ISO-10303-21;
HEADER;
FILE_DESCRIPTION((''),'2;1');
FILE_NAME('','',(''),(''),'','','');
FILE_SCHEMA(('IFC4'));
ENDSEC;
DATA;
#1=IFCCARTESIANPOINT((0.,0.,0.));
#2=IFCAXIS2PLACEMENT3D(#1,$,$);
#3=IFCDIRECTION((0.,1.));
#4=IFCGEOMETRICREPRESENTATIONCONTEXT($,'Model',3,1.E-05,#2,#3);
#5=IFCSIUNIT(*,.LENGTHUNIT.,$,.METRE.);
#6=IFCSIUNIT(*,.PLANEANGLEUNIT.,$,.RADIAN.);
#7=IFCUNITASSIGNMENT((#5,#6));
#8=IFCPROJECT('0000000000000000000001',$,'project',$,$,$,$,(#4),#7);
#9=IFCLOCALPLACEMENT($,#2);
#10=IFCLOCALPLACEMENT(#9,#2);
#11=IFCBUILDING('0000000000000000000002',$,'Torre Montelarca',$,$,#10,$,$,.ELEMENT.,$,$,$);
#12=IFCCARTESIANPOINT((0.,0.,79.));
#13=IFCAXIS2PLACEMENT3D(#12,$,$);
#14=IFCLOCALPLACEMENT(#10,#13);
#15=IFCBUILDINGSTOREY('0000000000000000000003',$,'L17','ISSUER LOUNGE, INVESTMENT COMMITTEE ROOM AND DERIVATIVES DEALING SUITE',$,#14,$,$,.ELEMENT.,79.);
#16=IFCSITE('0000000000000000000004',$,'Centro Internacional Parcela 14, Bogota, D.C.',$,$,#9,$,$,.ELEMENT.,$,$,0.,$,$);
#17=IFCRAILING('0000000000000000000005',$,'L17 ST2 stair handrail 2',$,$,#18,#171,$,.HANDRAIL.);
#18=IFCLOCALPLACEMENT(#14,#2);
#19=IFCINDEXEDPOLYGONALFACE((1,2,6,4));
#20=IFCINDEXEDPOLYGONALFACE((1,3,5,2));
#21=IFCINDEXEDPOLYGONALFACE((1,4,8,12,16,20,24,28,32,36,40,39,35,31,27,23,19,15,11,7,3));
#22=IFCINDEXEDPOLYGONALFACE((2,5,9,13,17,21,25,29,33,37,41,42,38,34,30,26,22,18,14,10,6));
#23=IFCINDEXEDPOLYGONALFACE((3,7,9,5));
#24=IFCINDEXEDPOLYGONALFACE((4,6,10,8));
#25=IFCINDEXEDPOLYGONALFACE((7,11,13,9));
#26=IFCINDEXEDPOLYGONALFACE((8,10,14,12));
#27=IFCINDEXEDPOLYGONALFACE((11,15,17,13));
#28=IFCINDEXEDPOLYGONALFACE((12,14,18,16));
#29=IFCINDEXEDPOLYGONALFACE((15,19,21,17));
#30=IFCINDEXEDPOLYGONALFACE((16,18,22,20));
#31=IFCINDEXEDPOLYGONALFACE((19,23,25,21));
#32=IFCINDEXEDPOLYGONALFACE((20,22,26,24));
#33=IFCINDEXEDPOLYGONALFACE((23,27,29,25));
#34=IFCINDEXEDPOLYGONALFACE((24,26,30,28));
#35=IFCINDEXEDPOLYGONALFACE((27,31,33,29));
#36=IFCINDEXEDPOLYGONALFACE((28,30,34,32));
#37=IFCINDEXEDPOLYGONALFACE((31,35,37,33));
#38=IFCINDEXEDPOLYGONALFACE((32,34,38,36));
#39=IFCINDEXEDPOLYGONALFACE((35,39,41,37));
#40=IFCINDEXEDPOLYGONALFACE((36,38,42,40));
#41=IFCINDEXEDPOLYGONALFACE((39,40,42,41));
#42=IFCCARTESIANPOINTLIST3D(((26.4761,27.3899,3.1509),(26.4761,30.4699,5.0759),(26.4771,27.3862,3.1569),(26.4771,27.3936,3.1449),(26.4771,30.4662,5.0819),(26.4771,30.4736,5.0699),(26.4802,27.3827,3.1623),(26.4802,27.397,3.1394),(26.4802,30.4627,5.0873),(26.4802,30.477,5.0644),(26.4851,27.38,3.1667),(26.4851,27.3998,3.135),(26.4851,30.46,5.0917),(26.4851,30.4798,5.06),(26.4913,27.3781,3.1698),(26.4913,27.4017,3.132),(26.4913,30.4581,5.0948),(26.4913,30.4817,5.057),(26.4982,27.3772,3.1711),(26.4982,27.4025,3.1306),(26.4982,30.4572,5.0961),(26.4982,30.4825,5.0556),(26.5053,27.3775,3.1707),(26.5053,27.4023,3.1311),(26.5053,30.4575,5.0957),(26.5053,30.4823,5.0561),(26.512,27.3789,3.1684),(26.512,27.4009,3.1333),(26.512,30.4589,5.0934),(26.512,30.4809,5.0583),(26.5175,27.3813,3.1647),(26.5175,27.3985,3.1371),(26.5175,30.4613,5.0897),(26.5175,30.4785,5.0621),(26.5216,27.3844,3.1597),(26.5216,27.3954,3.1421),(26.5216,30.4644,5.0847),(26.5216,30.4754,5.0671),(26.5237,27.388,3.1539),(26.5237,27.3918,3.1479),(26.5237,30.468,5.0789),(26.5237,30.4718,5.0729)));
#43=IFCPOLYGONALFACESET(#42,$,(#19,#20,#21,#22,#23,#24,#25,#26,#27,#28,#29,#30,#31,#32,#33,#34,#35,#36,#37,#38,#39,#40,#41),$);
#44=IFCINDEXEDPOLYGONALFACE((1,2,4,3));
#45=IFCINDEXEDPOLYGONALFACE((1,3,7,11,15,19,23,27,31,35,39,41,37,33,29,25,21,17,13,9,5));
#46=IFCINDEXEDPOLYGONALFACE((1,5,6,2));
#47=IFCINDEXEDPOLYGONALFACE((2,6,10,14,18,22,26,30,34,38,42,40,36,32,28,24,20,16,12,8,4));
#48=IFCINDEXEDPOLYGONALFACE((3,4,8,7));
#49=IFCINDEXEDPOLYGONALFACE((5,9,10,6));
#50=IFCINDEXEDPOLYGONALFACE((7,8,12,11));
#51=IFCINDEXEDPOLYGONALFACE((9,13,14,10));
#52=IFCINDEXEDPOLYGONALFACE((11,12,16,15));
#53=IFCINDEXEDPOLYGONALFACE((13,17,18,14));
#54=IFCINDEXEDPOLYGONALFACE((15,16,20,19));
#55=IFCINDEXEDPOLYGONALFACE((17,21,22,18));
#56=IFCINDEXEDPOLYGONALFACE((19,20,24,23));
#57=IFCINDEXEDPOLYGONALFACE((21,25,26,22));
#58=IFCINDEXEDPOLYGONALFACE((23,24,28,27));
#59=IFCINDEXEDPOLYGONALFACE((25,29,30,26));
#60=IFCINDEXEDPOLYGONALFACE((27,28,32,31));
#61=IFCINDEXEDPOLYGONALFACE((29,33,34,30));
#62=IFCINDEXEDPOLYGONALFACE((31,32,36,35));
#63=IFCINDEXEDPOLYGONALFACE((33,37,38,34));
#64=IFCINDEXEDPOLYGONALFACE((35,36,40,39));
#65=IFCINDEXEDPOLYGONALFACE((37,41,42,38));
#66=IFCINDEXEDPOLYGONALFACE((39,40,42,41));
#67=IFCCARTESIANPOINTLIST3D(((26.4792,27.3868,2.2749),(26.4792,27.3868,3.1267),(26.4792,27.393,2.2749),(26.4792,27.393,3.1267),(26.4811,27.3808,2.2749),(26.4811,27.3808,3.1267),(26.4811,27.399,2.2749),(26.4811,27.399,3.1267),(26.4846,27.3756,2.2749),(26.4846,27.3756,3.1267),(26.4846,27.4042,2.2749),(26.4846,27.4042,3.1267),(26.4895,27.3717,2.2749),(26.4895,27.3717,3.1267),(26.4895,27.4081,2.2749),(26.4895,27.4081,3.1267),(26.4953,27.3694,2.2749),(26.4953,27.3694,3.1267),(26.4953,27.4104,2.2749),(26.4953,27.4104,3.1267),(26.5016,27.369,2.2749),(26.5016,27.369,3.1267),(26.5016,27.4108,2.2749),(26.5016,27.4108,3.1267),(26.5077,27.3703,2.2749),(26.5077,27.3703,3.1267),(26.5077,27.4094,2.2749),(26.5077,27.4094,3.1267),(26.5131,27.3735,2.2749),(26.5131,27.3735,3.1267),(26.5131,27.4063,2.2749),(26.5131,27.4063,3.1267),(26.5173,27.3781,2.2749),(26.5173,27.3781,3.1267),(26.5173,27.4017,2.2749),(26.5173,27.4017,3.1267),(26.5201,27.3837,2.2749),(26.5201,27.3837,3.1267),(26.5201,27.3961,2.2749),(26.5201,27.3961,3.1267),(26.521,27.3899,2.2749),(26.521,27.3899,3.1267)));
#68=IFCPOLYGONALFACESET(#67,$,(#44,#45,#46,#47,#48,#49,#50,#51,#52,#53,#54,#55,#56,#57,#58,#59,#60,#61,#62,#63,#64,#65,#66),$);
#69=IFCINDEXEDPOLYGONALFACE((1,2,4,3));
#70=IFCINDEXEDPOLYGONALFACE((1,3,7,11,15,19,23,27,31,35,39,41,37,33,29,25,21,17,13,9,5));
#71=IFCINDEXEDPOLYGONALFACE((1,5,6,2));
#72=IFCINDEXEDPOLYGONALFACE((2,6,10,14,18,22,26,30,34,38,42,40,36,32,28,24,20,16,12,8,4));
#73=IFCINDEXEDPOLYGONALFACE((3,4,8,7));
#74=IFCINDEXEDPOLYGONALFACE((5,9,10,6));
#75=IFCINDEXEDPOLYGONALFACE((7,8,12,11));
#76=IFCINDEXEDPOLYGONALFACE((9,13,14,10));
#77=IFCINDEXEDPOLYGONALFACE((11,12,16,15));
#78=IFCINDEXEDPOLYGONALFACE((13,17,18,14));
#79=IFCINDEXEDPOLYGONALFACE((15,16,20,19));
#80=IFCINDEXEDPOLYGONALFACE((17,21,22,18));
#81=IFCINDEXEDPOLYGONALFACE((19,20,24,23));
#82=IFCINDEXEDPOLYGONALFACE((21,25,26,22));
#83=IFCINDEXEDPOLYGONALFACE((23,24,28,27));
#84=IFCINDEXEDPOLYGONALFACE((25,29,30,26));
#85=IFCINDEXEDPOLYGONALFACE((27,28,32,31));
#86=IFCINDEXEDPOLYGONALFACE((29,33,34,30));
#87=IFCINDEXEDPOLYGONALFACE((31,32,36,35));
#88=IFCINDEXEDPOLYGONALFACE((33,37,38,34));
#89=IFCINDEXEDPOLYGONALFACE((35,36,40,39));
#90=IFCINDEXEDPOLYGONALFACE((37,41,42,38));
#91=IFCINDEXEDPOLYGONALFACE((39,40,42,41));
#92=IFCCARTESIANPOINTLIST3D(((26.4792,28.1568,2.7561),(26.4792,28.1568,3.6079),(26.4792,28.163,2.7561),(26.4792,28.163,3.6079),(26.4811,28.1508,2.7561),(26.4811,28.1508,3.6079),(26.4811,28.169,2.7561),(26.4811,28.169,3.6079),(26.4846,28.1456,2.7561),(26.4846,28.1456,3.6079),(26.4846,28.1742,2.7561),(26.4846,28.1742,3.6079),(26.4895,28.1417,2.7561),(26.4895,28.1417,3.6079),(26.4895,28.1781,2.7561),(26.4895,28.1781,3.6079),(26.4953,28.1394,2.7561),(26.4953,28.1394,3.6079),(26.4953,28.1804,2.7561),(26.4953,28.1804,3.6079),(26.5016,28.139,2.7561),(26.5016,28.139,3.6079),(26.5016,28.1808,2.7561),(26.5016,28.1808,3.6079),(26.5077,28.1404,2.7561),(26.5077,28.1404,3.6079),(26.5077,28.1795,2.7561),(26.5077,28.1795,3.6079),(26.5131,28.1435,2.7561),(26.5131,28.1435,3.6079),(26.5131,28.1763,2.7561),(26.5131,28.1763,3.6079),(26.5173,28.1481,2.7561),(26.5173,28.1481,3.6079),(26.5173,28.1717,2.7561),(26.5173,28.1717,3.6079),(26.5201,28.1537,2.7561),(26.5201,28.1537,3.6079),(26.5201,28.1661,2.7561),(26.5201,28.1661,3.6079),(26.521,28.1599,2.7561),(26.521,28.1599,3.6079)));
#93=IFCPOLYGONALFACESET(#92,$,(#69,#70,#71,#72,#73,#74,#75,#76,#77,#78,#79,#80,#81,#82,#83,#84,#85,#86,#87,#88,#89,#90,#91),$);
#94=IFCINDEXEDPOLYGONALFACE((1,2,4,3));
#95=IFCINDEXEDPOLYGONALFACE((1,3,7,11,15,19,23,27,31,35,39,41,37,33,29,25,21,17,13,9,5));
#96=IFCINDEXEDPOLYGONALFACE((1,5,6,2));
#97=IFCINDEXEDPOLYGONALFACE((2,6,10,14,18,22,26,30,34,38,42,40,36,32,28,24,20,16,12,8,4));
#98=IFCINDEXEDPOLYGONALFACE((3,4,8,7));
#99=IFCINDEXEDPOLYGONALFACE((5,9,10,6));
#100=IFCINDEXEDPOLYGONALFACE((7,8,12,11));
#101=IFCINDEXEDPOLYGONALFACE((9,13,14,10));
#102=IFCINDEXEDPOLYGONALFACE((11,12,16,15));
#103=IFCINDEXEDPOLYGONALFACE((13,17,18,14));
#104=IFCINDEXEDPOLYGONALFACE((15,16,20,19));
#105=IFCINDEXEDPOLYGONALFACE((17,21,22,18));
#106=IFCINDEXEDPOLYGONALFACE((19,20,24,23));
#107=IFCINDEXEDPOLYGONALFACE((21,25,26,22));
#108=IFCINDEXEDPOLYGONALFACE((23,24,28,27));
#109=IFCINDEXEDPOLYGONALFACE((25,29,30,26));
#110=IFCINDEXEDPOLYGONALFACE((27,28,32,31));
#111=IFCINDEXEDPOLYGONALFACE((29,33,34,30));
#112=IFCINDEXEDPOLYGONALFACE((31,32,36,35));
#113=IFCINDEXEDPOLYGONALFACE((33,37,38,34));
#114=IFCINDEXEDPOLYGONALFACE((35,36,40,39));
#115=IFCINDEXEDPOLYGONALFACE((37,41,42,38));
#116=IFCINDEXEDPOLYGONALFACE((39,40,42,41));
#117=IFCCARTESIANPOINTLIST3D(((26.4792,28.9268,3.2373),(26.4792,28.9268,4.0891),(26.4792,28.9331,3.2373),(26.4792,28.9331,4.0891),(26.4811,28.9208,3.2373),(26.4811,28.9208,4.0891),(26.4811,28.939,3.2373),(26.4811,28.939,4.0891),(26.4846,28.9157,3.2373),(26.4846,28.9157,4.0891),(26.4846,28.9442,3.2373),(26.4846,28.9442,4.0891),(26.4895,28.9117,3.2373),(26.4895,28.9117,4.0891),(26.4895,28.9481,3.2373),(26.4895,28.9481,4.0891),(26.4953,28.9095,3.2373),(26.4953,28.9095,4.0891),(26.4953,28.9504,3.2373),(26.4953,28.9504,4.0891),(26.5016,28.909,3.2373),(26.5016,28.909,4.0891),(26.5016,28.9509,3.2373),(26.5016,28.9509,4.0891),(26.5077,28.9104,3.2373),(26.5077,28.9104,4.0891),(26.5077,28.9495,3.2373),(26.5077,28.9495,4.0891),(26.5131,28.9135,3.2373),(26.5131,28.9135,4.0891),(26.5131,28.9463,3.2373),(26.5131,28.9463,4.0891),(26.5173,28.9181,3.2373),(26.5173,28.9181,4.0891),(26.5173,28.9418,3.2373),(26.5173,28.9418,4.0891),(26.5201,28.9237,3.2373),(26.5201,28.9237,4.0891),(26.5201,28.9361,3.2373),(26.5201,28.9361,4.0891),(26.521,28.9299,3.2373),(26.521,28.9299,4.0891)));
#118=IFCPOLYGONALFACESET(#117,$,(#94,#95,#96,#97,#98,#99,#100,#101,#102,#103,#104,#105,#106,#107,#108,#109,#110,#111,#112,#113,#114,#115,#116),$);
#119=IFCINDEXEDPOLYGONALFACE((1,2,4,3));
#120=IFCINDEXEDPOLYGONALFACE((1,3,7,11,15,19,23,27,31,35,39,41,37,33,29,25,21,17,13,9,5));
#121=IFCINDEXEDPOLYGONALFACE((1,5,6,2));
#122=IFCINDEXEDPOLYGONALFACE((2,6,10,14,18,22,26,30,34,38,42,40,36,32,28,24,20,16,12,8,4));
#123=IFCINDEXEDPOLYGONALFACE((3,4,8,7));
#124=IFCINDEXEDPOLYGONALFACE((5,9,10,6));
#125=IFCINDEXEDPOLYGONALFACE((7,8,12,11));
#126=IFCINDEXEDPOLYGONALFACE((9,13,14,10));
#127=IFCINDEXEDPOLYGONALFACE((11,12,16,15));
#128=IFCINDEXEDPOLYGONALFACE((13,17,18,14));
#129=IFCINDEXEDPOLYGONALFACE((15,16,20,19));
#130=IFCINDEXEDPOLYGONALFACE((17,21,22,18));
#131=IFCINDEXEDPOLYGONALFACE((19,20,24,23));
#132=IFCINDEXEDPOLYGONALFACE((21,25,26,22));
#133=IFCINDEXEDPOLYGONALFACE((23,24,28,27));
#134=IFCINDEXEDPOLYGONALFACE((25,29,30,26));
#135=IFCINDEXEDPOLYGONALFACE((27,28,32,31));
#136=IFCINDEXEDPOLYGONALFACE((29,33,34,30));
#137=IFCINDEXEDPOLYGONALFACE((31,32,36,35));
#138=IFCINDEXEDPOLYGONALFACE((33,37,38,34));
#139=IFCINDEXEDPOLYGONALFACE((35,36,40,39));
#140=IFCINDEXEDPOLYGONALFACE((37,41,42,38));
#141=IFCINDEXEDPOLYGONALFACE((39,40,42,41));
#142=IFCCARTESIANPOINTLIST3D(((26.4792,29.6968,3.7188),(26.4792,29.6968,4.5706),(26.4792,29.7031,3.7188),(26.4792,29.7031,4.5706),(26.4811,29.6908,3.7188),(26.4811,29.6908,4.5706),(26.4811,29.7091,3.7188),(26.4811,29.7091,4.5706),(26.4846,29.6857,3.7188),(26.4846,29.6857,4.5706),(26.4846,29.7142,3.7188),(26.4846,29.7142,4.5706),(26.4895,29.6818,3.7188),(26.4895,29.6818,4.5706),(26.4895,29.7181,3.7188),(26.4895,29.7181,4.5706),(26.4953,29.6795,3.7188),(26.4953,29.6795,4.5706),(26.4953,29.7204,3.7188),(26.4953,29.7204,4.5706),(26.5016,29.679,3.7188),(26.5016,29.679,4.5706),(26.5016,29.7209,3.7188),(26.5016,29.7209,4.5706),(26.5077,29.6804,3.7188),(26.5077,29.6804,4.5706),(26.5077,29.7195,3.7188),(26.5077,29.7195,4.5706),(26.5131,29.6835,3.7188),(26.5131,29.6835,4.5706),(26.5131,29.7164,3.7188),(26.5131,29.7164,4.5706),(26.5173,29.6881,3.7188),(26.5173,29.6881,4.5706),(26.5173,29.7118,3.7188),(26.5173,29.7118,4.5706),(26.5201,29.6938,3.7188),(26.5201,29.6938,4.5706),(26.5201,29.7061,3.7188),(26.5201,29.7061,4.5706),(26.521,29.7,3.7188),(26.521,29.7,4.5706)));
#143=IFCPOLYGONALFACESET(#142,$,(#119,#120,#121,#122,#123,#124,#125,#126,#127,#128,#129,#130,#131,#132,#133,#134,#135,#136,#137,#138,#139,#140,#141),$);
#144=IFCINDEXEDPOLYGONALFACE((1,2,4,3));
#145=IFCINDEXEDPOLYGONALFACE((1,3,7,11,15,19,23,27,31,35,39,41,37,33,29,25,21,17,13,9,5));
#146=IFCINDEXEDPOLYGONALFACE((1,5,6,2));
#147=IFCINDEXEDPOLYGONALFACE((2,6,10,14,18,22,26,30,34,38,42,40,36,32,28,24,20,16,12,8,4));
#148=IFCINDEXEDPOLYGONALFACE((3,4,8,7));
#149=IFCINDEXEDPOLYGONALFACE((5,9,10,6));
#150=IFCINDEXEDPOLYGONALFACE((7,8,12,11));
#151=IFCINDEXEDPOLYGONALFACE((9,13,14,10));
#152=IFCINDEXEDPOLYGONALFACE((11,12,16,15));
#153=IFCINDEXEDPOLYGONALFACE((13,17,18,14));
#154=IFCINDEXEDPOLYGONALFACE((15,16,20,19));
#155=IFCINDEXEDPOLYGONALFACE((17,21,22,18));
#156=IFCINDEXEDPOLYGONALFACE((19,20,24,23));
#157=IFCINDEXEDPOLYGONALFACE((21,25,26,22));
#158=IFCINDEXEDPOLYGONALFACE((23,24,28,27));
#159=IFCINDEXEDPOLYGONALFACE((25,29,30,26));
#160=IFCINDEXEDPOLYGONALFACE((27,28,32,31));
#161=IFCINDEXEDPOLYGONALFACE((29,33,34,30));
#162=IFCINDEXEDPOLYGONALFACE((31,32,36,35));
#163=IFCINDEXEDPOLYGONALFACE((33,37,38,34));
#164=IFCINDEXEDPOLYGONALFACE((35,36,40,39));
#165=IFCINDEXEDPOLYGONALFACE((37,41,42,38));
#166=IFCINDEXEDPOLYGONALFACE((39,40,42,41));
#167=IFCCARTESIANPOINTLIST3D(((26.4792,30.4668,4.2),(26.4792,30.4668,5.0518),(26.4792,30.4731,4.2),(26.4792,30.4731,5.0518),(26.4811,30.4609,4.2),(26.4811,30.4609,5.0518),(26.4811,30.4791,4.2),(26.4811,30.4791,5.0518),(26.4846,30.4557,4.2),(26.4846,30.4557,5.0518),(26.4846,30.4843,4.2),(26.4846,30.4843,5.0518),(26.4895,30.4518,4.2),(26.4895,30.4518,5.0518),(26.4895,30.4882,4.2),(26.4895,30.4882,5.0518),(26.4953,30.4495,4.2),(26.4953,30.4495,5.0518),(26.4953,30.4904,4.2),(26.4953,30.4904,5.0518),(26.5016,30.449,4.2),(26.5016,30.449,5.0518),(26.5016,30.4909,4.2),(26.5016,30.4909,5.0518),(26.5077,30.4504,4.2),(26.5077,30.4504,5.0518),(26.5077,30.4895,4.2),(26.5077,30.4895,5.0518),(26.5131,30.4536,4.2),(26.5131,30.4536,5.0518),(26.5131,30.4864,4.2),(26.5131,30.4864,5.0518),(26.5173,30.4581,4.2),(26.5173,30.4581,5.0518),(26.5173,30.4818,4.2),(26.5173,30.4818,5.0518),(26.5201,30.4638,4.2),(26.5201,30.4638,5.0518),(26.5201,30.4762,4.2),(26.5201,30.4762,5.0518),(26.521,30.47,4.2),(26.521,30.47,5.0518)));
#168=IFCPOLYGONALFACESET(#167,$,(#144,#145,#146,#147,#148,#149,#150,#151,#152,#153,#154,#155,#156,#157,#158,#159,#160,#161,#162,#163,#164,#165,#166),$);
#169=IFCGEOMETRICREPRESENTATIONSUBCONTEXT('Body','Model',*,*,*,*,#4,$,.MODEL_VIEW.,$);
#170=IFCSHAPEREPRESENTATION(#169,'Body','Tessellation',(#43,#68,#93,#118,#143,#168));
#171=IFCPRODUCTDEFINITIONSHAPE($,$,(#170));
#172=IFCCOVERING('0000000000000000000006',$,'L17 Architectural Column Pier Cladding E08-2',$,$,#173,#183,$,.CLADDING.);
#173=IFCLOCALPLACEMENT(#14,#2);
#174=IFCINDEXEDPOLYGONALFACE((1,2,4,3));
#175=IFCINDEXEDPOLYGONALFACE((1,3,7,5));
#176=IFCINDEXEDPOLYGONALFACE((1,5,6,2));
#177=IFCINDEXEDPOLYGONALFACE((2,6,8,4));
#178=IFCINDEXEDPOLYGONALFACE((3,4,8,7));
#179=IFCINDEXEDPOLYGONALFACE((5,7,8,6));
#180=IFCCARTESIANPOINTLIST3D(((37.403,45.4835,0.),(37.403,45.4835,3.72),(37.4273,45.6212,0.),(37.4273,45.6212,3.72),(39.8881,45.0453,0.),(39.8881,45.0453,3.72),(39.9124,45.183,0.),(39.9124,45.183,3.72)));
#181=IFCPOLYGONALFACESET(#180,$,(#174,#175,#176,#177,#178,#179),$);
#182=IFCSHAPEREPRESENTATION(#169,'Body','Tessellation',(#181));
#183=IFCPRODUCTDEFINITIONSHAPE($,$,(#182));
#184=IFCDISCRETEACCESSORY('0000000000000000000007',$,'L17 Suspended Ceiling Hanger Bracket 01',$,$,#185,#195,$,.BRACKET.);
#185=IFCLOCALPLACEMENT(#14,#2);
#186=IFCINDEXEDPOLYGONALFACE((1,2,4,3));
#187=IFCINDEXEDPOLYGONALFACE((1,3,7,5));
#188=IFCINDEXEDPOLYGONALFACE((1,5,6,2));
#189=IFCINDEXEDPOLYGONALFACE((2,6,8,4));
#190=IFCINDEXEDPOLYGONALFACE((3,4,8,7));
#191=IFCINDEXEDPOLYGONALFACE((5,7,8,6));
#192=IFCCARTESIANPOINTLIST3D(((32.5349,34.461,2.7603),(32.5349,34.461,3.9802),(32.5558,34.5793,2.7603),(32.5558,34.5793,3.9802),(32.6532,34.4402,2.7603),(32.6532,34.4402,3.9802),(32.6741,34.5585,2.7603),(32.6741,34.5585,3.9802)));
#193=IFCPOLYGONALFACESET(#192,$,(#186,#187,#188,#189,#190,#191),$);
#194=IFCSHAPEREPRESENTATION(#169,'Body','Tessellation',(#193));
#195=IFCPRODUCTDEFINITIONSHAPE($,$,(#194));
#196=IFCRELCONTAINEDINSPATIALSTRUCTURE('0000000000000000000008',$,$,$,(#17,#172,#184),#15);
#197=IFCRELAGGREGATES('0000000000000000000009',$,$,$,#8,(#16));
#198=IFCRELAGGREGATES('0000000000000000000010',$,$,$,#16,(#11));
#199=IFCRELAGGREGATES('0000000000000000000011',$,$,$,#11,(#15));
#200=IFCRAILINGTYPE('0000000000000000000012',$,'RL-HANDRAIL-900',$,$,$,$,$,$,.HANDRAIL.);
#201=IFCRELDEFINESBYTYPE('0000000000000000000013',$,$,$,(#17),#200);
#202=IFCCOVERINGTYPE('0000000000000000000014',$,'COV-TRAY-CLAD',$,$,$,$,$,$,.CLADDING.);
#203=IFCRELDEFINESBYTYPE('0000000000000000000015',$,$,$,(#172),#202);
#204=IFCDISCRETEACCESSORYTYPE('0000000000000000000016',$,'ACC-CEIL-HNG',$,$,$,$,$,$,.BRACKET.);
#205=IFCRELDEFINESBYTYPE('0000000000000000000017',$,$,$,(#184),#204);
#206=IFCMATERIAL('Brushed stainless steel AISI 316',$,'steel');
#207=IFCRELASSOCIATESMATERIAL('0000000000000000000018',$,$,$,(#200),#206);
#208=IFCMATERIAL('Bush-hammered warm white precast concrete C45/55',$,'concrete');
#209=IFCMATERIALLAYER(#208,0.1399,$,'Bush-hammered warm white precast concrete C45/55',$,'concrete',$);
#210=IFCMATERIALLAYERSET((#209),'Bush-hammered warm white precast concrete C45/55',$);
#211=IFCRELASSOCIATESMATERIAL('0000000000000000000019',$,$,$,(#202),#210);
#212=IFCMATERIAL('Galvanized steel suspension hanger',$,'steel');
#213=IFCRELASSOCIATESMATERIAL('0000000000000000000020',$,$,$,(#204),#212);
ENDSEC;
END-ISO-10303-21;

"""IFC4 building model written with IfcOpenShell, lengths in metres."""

from ifc_helpers import new_model, si_unit, direction, frame, origin, origin_2d, place, context, subcontext, project, spatial, rectangle, circle, extrude, source, transform, mapped, material, layer, layer_set, type_object, element, save


model = new_model("IFC4")

# Units and contexts
model_context = context("Model", 3, precision=1e-05, world=origin(), true_north=direction((0.0, 1.0)))
body_context = subcontext(model_context, "Body", "Model", "MODEL_VIEW")
ifc_project = project(units=[si_unit("LENGTHUNIT", "METRE"), si_unit("PLANEANGLEUNIT", "RADIAN")], contexts=[model_context])

# Site, building, storey
site_placement = place(None, origin())
site = spatial("IfcSite", under=ifc_project, at=site_placement, Name="Centro Internacional Parcela 14, Bogota, D.C.", CompositionType="ELEMENT", RefElevation=0.0)
building_placement = place(site_placement, origin())
building = spatial("IfcBuilding", under=site, at=building_placement, Name="Torre Montelarca", CompositionType="ELEMENT")
storey_placement = place(building_placement, frame((0.0, 0.0, 79.0)))
storey = spatial("IfcBuildingStorey", under=building, at=storey_placement, Name="L17", Description="ISSUER LOUNGE, INVESTMENT COMMITTEE ROOM AND DERIVATIVES DEALING SUITE", CompositionType="ELEMENT", Elevation=79.0)

# Railing
ifc_material_1 = material(Name="Brushed stainless steel AISI 316", Category="steel")
railing_type_1 = type_object("IfcRailingType", Name="RL-HANDRAIL-900", PredefinedType="HANDRAIL", material=ifc_material_1)
railing_1_placement = place(storey_placement, frame((26.5, 27.3899, 2.2749)))
element("IfcRailing", 1, at=railing_1_placement, inside=storey, type_object=railing_type_1, Name="L17 ST2 stair handrail 2", PredefinedType="HANDRAIL", context=body_context, shape_type="SweptSolid", body=[
    extrude(circle(Radius=0.0239, at=origin_2d()), frame((0.0, 0.0, 0.876), z_axis=(0.0, 0.847998, 0.529999), x_axis=(-1.0, 0.0, 0.0)), (0.0, 0.0, 1.0), 3.6321),
    extrude(circle(Radius=0.021, at=origin_2d()), origin(), (0.0, 0.0, 1.0), 0.8518),
    extrude(circle(Radius=0.021, at=origin_2d()), frame((0.0, 0.77, 0.4812)), (0.0, 0.0, 1.0), 0.8518),
    extrude(circle(Radius=0.021, at=origin_2d()), frame((0.0, 1.54, 0.9624)), (0.0, 0.0, 1.0), 0.8518),
    extrude(circle(Radius=0.021, at=origin_2d()), frame((0.0, 2.3101, 1.4438)), (0.0, 0.0, 1.0), 0.8518),
    extrude(circle(Radius=0.021, at=origin_2d()), frame((0.0, 3.0801, 1.925)), (0.0, 0.0, 1.0), 0.8518),
])

# Covering
ifc_material_2 = material(Name="Bush-hammered warm white precast concrete C45/55", Category="concrete")
ifc_layer_1 = layer(ifc_material_2, 0.1399, Name="Bush-hammered warm white precast concrete C45/55", Category="concrete")
ifc_layer_set_1 = layer_set([ifc_layer_1], Name="Bush-hammered warm white precast concrete C45/55")
covering_type = type_object("IfcCoveringType", Name="COV-TRAY-CLAD", PredefinedType="CLADDING", material=ifc_layer_set_1)
shared_shape_1 = source(origin(), body_context, "Body", "SweptSolid", [
    extrude(rectangle(XDim=2.5234, YDim=0.1399, at=origin_2d()), origin(), (0.0, 0.0, 1.0), 3.72),
])
covering_placement = place(storey_placement, frame((38.6577, 45.3333, 0.0), z_axis=(0.0, 0.0, 1.0), x_axis=(-0.984808, 0.173646, 0.0)))
element("IfcCovering", 2, at=covering_placement, inside=storey, type_object=covering_type, Name="L17 Architectural Column Pier Cladding E08-2", PredefinedType="CLADDING", context=body_context, shape_type="MappedRepresentation", body=[
    mapped(shared_shape_1, transform((0.0, 0.0, 0.0), scale=1.0)),
])

# Discrete accessory
ifc_material_3 = material(Name="Galvanized steel suspension hanger", Category="steel")
discrete_accessory_type = type_object("IfcDiscreteAccessoryType", Name="ACC-CEIL-HNG", PredefinedType="BRACKET", material=ifc_material_3)
shared_shape_2 = source(origin(), body_context, "Body", "SweptSolid", [
    extrude(rectangle(XDim=0.1201, YDim=0.1201, at=origin_2d()), origin(), (0.0, 0.0, 1.0), 1.22),
])
discrete_accessory_placement = place(storey_placement, frame((32.6045, 34.5098, 2.7603), z_axis=(0.0, 0.0, 1.0), x_axis=(-0.984808, 0.173648, 0.0)))
element("IfcDiscreteAccessory", 3, at=discrete_accessory_placement, inside=storey, type_object=discrete_accessory_type, Name="L17 Suspended Ceiling Hanger Bracket 01", PredefinedType="BRACKET", context=body_context, shape_type="MappedRepresentation", body=[
    mapped(shared_shape_2, transform((0.0, 0.0, 0.0), scale=1.0)),
])

save(model, "model.ifc")
